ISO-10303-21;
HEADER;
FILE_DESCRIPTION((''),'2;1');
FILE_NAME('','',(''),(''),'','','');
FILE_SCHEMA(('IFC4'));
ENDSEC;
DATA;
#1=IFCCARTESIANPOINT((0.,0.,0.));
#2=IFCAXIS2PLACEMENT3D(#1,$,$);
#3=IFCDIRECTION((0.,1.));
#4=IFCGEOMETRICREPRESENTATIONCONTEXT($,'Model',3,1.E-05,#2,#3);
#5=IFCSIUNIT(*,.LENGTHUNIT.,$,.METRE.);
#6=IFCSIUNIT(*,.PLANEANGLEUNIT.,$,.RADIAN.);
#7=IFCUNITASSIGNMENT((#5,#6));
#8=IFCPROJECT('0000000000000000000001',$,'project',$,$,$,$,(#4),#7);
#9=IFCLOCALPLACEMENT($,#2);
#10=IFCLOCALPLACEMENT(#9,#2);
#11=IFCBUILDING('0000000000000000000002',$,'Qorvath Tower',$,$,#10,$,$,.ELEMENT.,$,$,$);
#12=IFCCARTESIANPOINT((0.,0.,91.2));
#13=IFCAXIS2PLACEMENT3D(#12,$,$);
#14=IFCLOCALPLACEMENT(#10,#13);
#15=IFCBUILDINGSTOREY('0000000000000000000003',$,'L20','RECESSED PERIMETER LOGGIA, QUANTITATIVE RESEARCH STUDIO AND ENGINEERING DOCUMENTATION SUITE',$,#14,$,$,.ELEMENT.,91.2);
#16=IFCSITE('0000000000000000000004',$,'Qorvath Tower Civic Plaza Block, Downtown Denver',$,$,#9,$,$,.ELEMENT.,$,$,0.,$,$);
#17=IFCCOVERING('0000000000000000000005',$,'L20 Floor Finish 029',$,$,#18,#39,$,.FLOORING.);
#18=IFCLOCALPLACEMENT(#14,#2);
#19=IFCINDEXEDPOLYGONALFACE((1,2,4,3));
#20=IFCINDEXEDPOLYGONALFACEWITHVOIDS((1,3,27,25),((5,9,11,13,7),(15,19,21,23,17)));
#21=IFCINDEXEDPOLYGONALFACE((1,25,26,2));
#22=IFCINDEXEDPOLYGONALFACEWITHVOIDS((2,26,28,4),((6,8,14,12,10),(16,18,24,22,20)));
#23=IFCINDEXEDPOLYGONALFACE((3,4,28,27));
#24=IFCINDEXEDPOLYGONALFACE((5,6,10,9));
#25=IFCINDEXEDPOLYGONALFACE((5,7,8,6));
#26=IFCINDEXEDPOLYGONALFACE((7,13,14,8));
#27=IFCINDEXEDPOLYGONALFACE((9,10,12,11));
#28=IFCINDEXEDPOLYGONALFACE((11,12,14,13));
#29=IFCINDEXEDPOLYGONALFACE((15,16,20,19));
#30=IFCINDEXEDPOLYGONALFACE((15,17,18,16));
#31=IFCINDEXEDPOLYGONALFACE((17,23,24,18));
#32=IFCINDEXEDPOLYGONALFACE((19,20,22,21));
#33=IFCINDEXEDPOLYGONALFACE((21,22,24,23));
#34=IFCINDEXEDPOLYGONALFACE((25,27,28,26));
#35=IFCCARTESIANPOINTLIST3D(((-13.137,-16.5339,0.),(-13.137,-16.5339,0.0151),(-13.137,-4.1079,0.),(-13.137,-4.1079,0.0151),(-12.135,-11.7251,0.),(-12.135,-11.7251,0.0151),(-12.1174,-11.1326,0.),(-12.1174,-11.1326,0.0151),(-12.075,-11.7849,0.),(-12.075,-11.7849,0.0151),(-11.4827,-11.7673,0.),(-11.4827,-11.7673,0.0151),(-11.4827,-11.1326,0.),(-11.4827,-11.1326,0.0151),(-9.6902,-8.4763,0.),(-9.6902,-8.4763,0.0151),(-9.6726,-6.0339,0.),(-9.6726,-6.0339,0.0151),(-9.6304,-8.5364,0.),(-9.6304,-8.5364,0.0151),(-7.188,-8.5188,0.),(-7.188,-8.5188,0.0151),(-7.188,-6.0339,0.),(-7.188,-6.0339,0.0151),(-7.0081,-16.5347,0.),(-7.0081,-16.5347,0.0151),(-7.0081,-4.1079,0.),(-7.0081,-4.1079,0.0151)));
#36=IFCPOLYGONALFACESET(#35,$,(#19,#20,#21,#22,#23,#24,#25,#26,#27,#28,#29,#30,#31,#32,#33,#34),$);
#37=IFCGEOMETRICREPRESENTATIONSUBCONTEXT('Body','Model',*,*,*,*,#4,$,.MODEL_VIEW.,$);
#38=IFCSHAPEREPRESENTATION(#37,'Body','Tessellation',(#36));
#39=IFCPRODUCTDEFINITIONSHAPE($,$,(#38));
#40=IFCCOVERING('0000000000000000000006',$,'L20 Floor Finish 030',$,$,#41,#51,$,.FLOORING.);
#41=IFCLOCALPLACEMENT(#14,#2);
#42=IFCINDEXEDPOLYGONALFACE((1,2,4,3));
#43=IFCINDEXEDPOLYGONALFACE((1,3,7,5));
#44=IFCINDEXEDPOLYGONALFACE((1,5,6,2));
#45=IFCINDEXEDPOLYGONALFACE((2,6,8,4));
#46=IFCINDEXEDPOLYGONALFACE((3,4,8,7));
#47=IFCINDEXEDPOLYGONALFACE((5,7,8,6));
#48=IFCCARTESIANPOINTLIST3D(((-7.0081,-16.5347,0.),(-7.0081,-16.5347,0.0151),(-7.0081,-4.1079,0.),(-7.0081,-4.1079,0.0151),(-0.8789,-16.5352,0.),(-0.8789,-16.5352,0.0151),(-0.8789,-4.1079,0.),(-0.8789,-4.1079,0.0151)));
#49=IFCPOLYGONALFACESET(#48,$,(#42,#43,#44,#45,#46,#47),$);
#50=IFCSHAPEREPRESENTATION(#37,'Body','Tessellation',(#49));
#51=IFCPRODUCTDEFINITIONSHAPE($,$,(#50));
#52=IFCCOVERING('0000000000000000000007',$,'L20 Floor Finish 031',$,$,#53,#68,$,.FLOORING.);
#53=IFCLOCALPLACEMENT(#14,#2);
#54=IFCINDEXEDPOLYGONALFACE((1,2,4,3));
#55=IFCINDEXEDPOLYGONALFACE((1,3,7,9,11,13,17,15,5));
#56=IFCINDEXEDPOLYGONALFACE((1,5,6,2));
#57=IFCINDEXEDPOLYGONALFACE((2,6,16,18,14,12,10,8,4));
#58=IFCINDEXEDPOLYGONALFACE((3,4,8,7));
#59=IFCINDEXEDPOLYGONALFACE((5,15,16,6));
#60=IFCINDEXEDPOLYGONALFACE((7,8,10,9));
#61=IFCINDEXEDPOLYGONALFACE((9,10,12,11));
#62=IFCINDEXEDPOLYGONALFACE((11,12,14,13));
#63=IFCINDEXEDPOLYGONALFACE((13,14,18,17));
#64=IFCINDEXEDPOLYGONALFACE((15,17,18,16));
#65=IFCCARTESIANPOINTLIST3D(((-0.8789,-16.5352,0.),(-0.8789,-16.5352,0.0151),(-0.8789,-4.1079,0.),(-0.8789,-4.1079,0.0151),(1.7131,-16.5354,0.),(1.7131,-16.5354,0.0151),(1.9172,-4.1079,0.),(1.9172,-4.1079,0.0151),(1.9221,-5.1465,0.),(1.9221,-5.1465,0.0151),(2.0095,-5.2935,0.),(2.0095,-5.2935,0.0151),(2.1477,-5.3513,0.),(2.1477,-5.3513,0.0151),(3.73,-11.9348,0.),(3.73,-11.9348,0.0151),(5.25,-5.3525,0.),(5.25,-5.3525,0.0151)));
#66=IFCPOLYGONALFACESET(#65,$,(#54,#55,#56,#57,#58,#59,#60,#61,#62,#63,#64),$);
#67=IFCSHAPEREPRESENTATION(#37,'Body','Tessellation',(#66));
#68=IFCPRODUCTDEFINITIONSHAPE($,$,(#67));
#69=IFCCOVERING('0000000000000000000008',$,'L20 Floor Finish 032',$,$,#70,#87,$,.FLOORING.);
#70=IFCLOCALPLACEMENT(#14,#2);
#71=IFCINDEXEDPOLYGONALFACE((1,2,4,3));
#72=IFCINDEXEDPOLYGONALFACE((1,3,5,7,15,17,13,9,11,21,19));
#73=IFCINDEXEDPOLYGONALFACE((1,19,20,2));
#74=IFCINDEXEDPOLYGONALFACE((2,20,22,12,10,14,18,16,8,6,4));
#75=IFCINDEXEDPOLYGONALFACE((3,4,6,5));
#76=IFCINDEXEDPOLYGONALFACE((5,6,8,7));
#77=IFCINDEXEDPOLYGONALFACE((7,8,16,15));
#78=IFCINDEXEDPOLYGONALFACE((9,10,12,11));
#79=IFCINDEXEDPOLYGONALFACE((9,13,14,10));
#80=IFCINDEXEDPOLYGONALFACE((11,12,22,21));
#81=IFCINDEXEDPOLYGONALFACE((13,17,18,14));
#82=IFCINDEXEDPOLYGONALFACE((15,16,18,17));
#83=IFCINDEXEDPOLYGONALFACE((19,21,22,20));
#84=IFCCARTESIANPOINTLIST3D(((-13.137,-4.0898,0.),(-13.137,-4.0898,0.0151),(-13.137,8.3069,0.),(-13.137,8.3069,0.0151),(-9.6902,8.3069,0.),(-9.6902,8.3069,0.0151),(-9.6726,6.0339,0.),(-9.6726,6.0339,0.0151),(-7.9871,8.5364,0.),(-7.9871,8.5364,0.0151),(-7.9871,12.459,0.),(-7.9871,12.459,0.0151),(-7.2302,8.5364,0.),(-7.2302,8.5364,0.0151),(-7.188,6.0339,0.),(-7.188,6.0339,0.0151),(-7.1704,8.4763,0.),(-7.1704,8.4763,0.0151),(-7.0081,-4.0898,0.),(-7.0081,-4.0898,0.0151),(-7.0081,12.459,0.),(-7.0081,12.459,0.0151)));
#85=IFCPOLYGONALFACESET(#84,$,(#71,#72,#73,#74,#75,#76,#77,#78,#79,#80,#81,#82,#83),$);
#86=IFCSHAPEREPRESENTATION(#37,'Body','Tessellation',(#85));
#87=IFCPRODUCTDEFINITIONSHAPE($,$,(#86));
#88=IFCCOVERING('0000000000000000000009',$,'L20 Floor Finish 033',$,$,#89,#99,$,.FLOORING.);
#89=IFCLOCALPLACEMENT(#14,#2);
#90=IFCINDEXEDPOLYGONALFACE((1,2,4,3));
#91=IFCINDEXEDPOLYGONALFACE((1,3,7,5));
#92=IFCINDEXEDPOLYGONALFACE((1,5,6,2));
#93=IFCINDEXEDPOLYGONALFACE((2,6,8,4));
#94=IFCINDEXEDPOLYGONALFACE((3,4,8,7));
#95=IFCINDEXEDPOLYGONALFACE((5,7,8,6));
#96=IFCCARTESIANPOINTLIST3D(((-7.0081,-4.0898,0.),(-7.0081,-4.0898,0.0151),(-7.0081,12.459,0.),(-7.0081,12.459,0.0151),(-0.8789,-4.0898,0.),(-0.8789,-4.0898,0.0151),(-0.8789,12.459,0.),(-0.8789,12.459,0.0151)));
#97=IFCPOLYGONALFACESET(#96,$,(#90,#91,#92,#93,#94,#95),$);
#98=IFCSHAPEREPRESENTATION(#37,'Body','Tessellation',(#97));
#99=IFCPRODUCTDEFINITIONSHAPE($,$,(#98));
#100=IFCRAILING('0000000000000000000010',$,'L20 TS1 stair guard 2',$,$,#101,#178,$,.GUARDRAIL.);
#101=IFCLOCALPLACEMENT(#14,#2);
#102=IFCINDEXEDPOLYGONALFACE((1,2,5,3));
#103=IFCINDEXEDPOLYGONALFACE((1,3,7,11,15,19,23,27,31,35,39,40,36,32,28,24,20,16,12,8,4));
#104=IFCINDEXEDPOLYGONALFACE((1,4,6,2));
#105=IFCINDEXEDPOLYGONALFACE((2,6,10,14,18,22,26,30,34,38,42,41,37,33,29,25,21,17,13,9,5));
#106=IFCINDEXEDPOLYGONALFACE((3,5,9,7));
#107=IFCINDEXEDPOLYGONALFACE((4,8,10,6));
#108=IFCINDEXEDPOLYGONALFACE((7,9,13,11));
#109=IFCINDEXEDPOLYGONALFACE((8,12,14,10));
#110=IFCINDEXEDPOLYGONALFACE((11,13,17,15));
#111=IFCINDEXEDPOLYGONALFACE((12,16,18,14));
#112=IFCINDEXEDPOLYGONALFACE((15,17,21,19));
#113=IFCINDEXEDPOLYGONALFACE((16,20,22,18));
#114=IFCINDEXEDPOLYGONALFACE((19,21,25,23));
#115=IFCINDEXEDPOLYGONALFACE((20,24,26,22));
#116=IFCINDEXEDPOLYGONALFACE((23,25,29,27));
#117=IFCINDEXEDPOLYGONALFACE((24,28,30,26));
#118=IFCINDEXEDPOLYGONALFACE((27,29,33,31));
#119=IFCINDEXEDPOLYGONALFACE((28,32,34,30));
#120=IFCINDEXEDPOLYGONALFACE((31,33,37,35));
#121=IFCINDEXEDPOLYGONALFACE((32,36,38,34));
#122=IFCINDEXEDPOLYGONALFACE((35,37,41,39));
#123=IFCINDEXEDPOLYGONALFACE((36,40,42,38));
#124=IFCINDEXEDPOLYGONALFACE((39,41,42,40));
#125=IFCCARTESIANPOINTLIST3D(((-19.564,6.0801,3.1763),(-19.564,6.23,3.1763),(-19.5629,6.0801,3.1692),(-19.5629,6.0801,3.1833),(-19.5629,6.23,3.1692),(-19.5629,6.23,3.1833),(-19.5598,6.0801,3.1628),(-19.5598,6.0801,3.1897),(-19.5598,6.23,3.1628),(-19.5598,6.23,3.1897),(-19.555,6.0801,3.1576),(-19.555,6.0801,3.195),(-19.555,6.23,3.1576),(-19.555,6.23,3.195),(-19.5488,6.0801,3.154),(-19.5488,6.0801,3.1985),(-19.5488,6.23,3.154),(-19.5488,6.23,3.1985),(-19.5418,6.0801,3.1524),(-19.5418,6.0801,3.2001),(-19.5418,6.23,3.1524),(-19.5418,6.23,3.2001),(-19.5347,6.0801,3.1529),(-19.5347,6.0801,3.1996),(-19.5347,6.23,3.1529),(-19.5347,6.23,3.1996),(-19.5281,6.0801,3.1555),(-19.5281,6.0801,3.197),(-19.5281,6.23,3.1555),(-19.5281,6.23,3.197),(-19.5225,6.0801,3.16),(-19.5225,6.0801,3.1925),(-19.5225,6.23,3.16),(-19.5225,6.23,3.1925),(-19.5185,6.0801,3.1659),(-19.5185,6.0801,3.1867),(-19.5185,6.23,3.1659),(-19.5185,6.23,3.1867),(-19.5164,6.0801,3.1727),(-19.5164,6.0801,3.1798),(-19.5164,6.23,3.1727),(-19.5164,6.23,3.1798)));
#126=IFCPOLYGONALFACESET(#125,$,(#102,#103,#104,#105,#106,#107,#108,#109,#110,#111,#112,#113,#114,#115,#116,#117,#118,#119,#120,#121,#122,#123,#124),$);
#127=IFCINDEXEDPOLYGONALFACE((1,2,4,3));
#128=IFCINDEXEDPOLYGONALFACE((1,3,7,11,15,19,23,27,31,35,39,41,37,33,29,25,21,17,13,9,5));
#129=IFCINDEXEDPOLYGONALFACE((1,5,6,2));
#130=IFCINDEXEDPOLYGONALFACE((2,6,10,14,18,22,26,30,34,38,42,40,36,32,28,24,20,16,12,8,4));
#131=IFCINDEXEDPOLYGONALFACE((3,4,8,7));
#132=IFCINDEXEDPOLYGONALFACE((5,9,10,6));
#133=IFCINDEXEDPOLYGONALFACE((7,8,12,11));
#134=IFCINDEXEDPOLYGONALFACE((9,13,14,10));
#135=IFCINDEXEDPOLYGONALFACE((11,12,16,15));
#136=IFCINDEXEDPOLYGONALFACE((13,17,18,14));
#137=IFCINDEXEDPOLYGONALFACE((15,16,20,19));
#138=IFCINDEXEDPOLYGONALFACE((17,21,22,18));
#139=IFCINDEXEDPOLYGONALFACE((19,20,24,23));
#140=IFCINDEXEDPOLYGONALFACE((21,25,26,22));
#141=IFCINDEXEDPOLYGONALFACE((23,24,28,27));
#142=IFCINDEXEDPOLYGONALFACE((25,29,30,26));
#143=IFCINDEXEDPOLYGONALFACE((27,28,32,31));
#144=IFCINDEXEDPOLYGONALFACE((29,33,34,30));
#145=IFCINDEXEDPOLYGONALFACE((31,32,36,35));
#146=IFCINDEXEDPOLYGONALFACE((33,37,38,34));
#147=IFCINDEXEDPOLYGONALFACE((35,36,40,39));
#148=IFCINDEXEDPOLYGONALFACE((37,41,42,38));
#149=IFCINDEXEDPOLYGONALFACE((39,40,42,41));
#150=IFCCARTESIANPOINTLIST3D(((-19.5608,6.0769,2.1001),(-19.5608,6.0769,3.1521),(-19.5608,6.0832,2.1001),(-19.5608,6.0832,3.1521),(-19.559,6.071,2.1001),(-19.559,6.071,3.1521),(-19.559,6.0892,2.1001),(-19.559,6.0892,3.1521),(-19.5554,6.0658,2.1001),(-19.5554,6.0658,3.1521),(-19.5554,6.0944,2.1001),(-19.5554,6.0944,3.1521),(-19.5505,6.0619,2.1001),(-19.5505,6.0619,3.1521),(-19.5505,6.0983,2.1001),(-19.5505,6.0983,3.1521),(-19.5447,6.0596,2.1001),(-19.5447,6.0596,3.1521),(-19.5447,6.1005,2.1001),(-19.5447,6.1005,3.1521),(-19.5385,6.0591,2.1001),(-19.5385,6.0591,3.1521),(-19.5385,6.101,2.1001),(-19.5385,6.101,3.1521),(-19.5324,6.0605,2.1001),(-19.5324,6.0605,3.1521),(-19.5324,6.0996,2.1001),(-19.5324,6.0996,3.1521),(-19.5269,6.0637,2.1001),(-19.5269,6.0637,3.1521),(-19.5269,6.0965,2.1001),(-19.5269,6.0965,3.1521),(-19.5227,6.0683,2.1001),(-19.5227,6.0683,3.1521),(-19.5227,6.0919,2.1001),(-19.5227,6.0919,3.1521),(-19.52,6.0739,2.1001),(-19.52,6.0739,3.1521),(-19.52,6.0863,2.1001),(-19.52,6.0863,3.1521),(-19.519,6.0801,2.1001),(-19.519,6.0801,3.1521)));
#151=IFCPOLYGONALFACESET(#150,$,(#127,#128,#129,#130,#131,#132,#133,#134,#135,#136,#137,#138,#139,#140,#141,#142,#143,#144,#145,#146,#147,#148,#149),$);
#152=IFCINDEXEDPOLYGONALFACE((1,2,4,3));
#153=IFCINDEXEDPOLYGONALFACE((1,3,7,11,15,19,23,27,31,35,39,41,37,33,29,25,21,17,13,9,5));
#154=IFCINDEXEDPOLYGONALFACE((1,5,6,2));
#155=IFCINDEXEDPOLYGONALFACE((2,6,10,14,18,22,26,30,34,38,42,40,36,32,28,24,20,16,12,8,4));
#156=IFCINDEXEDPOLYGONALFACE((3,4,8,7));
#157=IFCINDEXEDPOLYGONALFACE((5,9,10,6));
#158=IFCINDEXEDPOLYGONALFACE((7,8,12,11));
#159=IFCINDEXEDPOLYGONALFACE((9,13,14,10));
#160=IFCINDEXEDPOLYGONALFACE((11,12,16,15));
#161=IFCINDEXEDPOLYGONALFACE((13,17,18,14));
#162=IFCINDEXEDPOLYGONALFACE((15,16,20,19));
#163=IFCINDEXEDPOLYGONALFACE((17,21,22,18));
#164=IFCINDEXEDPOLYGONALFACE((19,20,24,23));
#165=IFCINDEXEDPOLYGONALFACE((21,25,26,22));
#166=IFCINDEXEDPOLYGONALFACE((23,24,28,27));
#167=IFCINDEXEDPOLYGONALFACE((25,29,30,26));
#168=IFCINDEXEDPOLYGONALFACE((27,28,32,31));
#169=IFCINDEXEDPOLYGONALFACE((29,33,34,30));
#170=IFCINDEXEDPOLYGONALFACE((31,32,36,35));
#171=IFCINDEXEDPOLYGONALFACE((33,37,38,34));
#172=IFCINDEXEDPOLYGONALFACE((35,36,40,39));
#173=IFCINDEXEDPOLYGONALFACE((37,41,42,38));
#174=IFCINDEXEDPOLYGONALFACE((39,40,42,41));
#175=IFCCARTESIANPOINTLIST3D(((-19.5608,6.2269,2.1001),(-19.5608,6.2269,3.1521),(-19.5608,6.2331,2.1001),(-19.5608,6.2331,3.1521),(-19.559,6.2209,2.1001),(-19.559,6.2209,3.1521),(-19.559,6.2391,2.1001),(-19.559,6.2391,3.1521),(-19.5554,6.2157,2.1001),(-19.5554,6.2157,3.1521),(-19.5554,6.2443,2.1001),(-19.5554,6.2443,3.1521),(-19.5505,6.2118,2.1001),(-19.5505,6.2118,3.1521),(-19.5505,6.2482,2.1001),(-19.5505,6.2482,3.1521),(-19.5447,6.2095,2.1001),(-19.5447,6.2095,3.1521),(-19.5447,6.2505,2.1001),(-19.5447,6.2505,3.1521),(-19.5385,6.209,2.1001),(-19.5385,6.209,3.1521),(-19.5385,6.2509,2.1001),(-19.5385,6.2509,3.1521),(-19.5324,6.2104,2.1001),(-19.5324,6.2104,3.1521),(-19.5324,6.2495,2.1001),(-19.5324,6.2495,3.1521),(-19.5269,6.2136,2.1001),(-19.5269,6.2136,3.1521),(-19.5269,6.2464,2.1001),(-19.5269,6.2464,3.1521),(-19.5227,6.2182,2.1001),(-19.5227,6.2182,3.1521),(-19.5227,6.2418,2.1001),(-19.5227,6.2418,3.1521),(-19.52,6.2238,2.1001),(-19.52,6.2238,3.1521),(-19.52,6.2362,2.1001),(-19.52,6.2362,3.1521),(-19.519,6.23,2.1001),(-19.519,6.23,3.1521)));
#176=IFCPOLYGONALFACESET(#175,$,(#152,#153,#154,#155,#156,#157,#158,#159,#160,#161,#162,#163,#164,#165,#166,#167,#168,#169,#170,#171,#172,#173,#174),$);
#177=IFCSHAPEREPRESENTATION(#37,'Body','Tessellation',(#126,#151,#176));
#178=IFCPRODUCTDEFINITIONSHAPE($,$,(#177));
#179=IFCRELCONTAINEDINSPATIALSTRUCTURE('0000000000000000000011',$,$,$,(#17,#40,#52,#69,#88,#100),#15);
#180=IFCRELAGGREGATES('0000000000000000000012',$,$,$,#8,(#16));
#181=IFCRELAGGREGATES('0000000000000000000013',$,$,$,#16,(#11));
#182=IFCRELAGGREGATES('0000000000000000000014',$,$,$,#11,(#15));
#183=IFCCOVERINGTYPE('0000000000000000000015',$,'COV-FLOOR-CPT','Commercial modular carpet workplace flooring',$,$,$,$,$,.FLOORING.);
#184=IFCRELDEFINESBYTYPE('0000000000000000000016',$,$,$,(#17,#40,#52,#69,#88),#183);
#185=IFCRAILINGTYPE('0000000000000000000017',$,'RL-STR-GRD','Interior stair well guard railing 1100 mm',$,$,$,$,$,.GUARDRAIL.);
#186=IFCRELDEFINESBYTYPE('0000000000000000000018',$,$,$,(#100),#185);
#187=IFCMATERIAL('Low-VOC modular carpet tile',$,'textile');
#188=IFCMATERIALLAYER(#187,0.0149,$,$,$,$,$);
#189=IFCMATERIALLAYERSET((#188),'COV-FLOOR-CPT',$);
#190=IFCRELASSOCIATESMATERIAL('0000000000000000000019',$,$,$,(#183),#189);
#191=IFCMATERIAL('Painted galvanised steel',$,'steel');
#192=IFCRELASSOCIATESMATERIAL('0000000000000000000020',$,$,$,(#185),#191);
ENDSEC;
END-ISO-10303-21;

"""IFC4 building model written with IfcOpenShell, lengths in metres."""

from ifc_helpers import new_model, si_unit, direction, frame, origin, origin_2d, place, context, subcontext, project, spatial, polyline, circle, outline, extrude, material, layer, layer_set, type_object, element, save


model = new_model("IFC4")

# Units and contexts
model_context = context("Model", 3, precision=1e-05, world=origin(), true_north=direction((0.0, 1.0)))
body_context = subcontext(model_context, "Body", "Model", "MODEL_VIEW")
ifc_project = project(units=[si_unit("LENGTHUNIT", "METRE"), si_unit("PLANEANGLEUNIT", "RADIAN")], contexts=[model_context])

# Site, building, storey
site_placement = place(None, origin())
site = spatial("IfcSite", under=ifc_project, at=site_placement, Name="Qorvath Tower Civic Plaza Block, Downtown Denver", CompositionType="ELEMENT", RefElevation=0.0)
building_placement = place(site_placement, origin())
building = spatial("IfcBuilding", under=site, at=building_placement, Name="Qorvath Tower", CompositionType="ELEMENT")
storey_placement = place(building_placement, frame((0.0, 0.0, 91.2)))
storey = spatial("IfcBuildingStorey", under=building, at=storey_placement, Name="L20", Description="RECESSED PERIMETER LOGGIA, QUANTITATIVE RESEARCH STUDIO AND ENGINEERING DOCUMENTATION SUITE", CompositionType="ELEMENT", Elevation=91.2)

# Coverings
ifc_material_1 = material(Name="Low-VOC modular carpet tile", Category="textile")
ifc_layer_1 = layer(ifc_material_1, 0.0149)
ifc_layer_set_1 = layer_set([ifc_layer_1], Name="COV-FLOOR-CPT")
covering_type_1 = type_object("IfcCoveringType", Name="COV-FLOOR-CPT", Description="Commercial modular carpet workplace flooring", PredefinedType="FLOORING", material=ifc_layer_set_1)
covering_1_placement = place(storey_placement, origin())
element("IfcCovering", 1, at=covering_1_placement, inside=storey, type_object=covering_type_1, Name="L20 Floor Finish 029", PredefinedType="FLOORING", context=body_context, shape_type="SweptSolid", body=[
    extrude(outline(polyline([(-7.0081, -16.5347), (-7.0081, -4.1079), (-13.137, -4.1079), (-13.137, -16.5339), (-7.0081, -16.5347)]), holes=[polyline([(-9.6902, -8.4763), (-9.6726, -6.0339), (-7.188, -6.0339), (-7.188, -8.5188), (-9.6304, -8.5364), (-9.6902, -8.4763)]), polyline([(-12.135, -11.7251), (-12.1174, -11.1326), (-11.4827, -11.1326), (-11.4827, -11.7673), (-12.075, -11.7849), (-12.135, -11.7251)])]), origin(), (0.0, 0.0, 1.0), 0.0151),
])
covering_2_placement = place(storey_placement, origin())
element("IfcCovering", 2, at=covering_2_placement, inside=storey, type_object=covering_type_1, Name="L20 Floor Finish 030", PredefinedType="FLOORING", context=body_context, shape_type="SweptSolid", body=[
    extrude(outline(polyline([(-0.8789, -16.5352), (-0.8789, -4.1079), (-7.0081, -4.1079), (-7.0081, -16.5347), (-0.8789, -16.5352)])), origin(), (0.0, 0.0, 1.0), 0.0151),
])
covering_3_placement = place(storey_placement, origin())
element("IfcCovering", 3, at=covering_3_placement, inside=storey, type_object=covering_type_1, Name="L20 Floor Finish 031", PredefinedType="FLOORING", context=body_context, shape_type="SweptSolid", body=[
    extrude(outline(polyline([(2.0095, -5.2935), (1.9221, -5.1465), (1.9172, -4.1079), (-0.8789, -4.1079), (-0.8789, -16.5352), (1.7131, -16.5354), (3.73, -11.9348), (5.25, -5.3525), (2.1477, -5.3513), (2.0095, -5.2935)])), origin(), (0.0, 0.0, 1.0), 0.0151),
])
covering_4_placement = place(storey_placement, origin())
element("IfcCovering", 4, at=covering_4_placement, inside=storey, type_object=covering_type_1, Name="L20 Floor Finish 032", PredefinedType="FLOORING", context=body_context, shape_type="SweptSolid", body=[
    extrude(outline(polyline([(-7.0081, -4.0898), (-7.0081, 12.459), (-7.9871, 12.459), (-7.9871, 8.5364), (-7.2302, 8.5364), (-7.1704, 8.4763), (-7.188, 6.0339), (-9.6726, 6.0339), (-9.6902, 8.3069), (-13.137, 8.3069), (-13.137, -4.0898), (-7.0081, -4.0898)])), origin(), (0.0, 0.0, 1.0), 0.0151),
])
covering_5_placement = place(storey_placement, origin())
element("IfcCovering", 5, at=covering_5_placement, inside=storey, type_object=covering_type_1, Name="L20 Floor Finish 033", PredefinedType="FLOORING", context=body_context, shape_type="SweptSolid", body=[
    extrude(outline(polyline([(-0.8789, -4.0898), (-0.8789, 12.459), (-7.0081, 12.459), (-7.0081, -4.0898), (-0.8789, -4.0898)])), origin(), (0.0, 0.0, 1.0), 0.0151),
])

# Railing
ifc_material_2 = material(Name="Painted galvanised steel", Category="steel")
railing_type = type_object("IfcRailingType", Name="RL-STR-GRD", Description="Interior stair well guard railing 1100 mm", PredefinedType="GUARDRAIL", material=ifc_material_2)
railing_1_placement = place(storey_placement, frame((-19.54, 6.0801, 2.1001)))
element("IfcRailing", 6, at=railing_1_placement, inside=storey, type_object=railing_type, Name="L20 TS1 stair guard 2", PredefinedType="GUARDRAIL", context=body_context, shape_type="SweptSolid", body=[
    extrude(circle(Radius=0.0239, at=origin_2d()), frame((0.0, 0.0, 1.0762), z_axis=(0.0, 1.0, 0.0), x_axis=(-1.0, 0.0, 0.0)), (0.0, 0.0, 1.0), 0.1499),
    extrude(circle(Radius=0.021, at=origin_2d()), origin(), (0.0, 0.0, 1.0), 1.052),
    extrude(circle(Radius=0.021, at=origin_2d()), frame((0.0, 0.1499, 0.0)), (0.0, 0.0, 1.0), 1.052),
])

save(model, "model.ifc")
